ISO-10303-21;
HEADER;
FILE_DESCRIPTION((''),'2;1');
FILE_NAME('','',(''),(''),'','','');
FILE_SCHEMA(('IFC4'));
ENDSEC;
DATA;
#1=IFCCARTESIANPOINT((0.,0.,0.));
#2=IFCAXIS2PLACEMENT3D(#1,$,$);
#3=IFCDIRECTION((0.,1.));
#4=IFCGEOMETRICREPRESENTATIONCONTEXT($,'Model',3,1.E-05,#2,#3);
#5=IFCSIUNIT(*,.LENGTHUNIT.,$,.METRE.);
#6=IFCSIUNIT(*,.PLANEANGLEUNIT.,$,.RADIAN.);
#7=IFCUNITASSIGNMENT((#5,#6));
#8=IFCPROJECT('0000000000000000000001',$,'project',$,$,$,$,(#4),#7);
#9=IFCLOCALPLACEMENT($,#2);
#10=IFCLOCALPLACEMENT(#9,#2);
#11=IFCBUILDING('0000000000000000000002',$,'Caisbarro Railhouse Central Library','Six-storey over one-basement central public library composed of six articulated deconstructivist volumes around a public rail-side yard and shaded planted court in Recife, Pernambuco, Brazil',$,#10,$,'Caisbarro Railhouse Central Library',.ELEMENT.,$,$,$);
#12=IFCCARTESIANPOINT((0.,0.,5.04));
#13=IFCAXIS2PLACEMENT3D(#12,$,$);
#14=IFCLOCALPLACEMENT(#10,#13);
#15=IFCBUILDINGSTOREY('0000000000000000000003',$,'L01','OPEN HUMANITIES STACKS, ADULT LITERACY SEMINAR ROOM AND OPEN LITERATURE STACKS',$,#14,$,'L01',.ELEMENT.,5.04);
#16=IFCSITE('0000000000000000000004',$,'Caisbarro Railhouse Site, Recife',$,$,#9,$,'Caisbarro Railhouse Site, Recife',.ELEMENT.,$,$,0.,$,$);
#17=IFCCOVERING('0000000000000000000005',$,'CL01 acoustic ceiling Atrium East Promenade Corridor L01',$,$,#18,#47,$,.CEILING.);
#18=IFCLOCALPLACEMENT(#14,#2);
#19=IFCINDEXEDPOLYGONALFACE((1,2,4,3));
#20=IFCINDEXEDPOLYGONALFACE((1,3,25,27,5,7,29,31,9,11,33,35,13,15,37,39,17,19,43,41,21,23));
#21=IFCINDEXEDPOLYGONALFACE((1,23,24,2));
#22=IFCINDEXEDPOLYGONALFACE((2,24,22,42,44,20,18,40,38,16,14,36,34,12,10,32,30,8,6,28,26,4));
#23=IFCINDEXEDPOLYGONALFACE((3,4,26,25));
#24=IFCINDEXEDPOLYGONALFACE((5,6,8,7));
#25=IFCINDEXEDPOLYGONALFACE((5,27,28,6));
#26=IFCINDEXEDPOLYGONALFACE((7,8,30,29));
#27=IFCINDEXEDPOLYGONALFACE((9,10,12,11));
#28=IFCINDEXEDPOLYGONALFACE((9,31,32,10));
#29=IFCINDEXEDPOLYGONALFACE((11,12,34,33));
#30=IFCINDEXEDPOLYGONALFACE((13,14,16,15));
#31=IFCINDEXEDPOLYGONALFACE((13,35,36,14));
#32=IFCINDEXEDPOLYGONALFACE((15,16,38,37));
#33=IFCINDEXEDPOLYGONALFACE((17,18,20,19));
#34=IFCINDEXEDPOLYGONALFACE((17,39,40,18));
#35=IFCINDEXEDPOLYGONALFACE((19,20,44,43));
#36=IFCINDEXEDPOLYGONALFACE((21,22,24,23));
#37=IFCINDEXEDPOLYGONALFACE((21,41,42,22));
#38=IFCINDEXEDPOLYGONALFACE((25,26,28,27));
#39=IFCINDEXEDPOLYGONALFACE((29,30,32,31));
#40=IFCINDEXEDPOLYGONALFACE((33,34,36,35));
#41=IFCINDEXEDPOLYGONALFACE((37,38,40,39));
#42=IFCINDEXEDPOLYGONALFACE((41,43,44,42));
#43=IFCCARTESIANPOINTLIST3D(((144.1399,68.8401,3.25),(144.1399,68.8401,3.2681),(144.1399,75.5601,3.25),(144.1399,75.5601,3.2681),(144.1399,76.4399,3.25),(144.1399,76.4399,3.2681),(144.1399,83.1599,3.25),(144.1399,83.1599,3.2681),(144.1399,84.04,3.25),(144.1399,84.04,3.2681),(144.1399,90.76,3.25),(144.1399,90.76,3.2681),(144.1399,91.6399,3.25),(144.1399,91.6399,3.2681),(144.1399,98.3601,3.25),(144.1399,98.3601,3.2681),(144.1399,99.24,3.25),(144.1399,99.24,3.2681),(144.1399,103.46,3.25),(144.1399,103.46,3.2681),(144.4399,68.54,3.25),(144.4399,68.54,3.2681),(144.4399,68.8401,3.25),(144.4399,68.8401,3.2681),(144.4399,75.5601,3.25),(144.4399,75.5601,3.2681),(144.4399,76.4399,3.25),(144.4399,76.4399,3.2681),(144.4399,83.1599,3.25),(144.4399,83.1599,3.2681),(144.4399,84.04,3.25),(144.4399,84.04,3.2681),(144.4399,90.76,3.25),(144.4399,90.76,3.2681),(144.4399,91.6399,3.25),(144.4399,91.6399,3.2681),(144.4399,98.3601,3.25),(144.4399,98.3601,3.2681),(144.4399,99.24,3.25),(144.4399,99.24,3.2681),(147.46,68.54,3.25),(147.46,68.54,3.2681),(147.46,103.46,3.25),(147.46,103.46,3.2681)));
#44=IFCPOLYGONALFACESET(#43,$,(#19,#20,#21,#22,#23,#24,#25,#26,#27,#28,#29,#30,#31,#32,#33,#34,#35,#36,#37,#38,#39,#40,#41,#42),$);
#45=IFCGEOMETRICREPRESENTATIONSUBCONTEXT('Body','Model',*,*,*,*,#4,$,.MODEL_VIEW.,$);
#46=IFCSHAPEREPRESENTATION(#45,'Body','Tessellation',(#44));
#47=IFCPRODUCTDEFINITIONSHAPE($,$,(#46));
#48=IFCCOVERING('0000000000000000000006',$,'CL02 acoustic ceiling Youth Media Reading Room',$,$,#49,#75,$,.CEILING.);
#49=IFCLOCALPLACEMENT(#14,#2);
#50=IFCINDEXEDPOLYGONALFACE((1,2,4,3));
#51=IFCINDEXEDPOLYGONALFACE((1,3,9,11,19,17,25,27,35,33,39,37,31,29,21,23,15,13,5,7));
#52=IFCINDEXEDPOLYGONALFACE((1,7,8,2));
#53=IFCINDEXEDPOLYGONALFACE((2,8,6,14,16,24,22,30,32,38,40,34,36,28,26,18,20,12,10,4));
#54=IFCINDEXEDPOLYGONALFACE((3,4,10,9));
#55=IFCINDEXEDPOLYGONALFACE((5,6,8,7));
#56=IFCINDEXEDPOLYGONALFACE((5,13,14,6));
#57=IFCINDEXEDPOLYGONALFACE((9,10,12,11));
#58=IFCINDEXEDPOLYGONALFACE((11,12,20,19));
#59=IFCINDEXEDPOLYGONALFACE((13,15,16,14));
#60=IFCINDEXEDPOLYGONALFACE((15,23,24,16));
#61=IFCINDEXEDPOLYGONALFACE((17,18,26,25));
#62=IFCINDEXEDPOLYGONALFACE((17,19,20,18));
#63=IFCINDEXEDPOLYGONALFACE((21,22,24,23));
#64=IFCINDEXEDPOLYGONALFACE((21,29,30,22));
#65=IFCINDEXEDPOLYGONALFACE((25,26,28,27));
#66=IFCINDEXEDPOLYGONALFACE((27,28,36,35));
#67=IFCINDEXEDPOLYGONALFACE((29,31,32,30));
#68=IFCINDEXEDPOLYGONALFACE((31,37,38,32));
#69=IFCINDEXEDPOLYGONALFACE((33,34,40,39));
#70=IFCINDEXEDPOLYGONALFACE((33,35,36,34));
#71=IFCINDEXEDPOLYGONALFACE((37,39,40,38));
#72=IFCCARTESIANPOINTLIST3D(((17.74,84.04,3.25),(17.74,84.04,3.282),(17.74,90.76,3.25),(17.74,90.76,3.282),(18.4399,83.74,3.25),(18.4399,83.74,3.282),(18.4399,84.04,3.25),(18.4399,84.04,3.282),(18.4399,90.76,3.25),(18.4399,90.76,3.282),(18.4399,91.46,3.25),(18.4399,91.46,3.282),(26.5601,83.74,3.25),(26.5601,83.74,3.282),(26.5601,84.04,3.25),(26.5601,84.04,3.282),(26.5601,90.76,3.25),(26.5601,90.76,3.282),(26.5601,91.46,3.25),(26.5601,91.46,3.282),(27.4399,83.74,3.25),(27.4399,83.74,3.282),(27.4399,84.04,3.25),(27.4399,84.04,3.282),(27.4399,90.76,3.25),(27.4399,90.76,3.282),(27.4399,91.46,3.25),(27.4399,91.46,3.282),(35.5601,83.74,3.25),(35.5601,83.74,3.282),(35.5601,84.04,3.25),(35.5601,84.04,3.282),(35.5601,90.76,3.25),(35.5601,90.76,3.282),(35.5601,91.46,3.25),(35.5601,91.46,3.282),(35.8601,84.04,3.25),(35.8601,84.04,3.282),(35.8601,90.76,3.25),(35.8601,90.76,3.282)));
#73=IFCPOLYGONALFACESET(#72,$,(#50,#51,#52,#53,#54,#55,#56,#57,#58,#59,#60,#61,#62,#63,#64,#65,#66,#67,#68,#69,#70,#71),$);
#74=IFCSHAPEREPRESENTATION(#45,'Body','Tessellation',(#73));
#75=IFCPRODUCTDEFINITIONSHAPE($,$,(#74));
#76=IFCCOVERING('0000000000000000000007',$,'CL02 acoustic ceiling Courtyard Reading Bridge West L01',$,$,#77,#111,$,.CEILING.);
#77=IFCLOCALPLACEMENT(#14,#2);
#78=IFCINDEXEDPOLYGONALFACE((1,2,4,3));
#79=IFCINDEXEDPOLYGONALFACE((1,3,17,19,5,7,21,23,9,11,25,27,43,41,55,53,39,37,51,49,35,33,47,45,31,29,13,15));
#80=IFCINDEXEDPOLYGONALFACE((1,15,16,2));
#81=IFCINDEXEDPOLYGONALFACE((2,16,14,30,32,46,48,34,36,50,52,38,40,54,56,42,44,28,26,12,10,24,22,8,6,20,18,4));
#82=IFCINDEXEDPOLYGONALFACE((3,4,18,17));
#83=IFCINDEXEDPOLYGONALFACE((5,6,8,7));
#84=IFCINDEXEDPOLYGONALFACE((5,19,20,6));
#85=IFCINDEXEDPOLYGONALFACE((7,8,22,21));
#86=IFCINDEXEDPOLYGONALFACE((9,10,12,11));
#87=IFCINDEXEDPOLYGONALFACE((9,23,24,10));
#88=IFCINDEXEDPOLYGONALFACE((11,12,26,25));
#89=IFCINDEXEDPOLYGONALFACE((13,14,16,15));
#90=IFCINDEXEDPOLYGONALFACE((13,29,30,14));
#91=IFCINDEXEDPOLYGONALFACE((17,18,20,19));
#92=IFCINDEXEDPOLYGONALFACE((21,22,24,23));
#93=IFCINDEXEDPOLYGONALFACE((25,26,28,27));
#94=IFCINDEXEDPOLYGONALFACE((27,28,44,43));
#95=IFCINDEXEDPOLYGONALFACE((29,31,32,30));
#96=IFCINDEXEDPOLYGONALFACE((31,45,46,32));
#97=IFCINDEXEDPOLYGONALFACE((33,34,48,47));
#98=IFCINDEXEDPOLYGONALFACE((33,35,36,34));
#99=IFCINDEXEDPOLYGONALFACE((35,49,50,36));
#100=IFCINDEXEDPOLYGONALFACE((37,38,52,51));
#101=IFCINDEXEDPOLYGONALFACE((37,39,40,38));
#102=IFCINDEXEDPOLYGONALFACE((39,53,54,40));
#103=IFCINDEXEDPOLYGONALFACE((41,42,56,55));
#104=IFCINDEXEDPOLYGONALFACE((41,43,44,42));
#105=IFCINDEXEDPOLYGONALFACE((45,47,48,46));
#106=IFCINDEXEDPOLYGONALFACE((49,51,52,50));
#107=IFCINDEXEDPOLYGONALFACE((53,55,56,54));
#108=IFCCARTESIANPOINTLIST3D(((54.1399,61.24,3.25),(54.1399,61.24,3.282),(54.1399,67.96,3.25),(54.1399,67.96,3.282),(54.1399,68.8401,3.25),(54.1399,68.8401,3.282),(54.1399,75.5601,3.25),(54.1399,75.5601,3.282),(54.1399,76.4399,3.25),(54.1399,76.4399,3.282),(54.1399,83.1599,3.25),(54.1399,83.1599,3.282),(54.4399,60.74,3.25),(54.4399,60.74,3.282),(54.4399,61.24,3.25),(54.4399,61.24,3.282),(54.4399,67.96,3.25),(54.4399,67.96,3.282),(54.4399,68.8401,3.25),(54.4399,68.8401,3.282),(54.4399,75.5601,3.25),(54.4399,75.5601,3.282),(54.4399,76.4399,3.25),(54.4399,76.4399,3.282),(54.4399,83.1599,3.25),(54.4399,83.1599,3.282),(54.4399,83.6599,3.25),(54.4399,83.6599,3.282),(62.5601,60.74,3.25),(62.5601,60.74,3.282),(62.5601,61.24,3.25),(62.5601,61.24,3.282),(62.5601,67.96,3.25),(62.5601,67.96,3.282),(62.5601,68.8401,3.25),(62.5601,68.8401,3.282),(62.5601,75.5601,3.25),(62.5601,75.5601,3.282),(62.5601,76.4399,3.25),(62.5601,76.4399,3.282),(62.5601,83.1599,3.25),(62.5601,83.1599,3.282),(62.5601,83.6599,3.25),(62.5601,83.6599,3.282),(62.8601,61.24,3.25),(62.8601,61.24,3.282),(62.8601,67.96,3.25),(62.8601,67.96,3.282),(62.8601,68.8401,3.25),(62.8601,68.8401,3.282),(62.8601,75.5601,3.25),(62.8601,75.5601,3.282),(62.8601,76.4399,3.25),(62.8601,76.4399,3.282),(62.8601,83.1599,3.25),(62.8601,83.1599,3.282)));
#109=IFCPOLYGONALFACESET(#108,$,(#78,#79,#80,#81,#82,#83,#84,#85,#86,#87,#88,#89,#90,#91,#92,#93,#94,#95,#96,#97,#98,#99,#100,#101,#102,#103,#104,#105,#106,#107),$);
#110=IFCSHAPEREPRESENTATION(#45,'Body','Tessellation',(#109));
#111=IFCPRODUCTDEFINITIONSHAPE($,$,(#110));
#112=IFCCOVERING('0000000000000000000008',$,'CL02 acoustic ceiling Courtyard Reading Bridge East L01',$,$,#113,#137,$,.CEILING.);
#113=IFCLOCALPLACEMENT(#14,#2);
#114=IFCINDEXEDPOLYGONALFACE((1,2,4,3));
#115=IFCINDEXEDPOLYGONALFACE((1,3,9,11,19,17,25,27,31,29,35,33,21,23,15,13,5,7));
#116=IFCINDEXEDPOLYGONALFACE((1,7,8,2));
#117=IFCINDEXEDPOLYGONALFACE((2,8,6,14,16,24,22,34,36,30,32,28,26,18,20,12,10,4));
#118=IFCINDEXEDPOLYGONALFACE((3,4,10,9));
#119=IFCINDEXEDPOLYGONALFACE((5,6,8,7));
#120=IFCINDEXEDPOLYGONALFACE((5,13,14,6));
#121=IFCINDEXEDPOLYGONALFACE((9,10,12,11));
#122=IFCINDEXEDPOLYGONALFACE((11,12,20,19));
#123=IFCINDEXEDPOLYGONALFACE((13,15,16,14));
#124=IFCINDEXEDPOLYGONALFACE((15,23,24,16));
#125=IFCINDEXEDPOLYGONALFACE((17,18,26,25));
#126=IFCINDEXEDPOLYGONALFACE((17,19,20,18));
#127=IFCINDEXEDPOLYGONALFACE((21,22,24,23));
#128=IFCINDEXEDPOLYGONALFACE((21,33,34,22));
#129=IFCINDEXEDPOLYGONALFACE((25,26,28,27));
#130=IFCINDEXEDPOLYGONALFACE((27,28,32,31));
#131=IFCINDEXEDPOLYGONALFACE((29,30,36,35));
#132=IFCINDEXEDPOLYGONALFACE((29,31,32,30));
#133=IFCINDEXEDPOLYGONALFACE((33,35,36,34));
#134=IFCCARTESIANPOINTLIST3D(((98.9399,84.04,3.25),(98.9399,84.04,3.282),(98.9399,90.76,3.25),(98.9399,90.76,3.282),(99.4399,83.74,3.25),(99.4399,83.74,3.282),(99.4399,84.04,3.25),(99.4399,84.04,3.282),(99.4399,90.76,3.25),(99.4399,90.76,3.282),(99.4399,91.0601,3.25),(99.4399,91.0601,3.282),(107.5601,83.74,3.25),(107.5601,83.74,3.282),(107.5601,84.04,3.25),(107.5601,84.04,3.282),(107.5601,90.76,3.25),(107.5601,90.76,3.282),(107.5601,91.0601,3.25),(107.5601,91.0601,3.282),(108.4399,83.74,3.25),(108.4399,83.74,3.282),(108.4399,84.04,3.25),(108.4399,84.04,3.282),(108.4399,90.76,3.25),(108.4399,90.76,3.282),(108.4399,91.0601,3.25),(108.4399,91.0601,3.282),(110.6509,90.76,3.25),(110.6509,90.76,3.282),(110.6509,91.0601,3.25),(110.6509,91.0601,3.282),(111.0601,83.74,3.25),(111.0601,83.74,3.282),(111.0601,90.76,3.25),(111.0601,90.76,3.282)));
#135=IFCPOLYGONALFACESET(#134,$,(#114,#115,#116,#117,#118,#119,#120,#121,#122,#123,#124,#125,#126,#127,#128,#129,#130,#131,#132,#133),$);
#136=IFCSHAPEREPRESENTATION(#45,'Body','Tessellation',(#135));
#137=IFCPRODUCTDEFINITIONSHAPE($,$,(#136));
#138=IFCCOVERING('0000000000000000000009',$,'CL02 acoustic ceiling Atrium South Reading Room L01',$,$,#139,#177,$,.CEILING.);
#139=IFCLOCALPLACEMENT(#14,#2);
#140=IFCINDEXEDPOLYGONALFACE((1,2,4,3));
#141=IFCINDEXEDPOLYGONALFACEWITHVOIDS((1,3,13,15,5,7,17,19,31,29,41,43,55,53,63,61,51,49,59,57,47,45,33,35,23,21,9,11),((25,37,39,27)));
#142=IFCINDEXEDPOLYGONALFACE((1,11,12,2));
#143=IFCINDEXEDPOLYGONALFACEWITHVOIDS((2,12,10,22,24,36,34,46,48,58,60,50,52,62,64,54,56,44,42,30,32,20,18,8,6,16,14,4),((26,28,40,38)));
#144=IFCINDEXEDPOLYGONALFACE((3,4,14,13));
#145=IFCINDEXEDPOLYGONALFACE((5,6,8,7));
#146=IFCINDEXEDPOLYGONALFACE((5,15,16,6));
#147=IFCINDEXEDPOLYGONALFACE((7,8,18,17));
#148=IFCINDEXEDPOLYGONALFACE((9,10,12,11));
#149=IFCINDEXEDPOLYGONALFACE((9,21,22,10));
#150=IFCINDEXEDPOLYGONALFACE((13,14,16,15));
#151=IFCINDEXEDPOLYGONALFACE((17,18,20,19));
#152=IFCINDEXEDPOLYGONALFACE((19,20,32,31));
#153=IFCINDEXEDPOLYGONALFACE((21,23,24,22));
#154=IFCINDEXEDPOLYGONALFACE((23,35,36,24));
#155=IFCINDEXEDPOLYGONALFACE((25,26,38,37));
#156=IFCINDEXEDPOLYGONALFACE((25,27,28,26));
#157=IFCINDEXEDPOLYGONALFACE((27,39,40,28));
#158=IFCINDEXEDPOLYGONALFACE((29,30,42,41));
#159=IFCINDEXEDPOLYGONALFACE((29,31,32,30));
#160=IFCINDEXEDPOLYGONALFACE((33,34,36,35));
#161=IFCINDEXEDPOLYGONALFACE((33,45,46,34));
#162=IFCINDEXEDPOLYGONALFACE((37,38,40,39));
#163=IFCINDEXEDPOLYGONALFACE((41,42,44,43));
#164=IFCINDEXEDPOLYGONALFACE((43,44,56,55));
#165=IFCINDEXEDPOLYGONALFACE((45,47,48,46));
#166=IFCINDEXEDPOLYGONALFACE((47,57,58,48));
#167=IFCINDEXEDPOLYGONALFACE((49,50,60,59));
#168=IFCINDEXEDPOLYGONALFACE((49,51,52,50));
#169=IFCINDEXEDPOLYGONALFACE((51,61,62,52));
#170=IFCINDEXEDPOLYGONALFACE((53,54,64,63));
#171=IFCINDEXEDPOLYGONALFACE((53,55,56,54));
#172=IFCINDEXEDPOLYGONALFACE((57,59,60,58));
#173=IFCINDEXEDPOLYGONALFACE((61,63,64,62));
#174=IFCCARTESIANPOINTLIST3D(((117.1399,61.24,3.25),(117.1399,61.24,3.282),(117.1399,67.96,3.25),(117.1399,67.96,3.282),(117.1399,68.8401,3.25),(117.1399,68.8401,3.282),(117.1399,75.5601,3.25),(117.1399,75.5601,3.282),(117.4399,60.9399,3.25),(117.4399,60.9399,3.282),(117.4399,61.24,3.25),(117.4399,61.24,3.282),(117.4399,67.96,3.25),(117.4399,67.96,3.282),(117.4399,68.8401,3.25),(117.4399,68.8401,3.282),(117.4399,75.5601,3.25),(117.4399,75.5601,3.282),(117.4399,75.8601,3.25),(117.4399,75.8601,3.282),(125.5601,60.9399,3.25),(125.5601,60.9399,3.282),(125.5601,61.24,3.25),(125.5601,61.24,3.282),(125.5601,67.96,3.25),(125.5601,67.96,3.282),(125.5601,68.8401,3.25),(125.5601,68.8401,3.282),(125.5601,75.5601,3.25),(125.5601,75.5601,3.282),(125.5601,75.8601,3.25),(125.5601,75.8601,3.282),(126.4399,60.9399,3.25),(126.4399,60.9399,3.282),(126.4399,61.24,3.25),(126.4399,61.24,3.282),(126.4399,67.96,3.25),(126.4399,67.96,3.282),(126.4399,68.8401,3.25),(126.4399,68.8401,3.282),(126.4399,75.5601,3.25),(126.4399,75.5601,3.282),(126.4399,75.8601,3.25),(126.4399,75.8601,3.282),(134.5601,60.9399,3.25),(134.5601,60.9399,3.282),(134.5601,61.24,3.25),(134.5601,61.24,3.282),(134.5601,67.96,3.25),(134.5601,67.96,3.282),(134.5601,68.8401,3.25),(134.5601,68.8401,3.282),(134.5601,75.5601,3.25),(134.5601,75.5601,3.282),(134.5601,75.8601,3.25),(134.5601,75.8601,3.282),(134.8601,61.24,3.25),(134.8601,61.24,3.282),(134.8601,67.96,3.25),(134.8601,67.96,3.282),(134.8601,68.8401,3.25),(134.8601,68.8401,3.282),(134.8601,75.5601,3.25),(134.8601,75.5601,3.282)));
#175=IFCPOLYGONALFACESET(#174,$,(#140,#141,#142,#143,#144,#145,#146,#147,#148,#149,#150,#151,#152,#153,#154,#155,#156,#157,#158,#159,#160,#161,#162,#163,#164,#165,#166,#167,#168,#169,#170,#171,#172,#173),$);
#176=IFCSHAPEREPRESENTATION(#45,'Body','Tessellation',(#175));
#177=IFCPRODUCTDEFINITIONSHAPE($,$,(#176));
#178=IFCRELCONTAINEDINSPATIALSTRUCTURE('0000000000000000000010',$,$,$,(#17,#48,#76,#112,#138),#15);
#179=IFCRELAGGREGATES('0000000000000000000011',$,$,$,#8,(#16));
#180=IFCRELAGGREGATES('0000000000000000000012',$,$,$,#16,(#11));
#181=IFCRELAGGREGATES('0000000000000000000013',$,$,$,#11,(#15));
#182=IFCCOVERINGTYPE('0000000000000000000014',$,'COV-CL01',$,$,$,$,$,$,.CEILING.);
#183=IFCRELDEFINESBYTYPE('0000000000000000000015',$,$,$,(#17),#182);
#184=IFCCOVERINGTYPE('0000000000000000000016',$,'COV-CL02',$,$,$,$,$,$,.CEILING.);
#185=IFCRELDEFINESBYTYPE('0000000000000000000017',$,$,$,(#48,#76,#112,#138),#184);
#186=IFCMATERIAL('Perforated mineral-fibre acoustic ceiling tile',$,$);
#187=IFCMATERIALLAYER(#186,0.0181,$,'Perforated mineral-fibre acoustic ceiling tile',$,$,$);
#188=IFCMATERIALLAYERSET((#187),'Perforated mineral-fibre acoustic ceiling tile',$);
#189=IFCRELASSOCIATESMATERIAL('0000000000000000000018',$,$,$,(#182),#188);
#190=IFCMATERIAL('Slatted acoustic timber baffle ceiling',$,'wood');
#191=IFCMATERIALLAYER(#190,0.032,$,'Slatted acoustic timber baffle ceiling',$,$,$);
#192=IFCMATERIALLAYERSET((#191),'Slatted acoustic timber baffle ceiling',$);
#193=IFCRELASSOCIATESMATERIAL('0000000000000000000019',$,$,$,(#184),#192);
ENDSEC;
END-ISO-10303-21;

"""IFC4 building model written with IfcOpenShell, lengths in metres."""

from ifc_helpers import new_model, si_unit, direction, frame, origin, place, context, subcontext, project, spatial, polyline, outline, extrude, material, layer, layer_set, type_object, element, save


model = new_model("IFC4")

# Units and contexts
model_context = context("Model", 3, precision=1e-05, world=origin(), true_north=direction((0.0, 1.0)))
body_context = subcontext(model_context, "Body", "Model", "MODEL_VIEW")
ifc_project = project(units=[si_unit("LENGTHUNIT", "METRE"), si_unit("PLANEANGLEUNIT", "RADIAN")], contexts=[model_context])

# Site, building, storey
site_placement = place(None, origin())
site = spatial("IfcSite", under=ifc_project, at=site_placement, Name="Caisbarro Railhouse Site, Recife", LongName="Caisbarro Railhouse Site, Recife", CompositionType="ELEMENT", RefElevation=0.0)
building_placement = place(site_placement, origin())
building = spatial("IfcBuilding", under=site, at=building_placement, Name="Caisbarro Railhouse Central Library", Description="Six-storey over one-basement central public library composed of six articulated deconstructivist volumes around a public rail-side yard and shaded planted court in Recife, Pernambuco, Brazil", LongName="Caisbarro Railhouse Central Library", CompositionType="ELEMENT")
storey_placement = place(building_placement, frame((0.0, 0.0, 5.04)))
storey = spatial("IfcBuildingStorey", under=building, at=storey_placement, Name="L01", Description="OPEN HUMANITIES STACKS, ADULT LITERACY SEMINAR ROOM AND OPEN LITERATURE STACKS", LongName="L01", CompositionType="ELEMENT", Elevation=5.04)

# Coverings
ifc_material_1 = material(Name="Perforated mineral-fibre acoustic ceiling tile")
ifc_layer_1 = layer(ifc_material_1, 0.0181, Name="Perforated mineral-fibre acoustic ceiling tile")
ifc_layer_set_1 = layer_set([ifc_layer_1], Name="Perforated mineral-fibre acoustic ceiling tile")
covering_type_1 = type_object("IfcCoveringType", Name="COV-CL01", PredefinedType="CEILING", material=ifc_layer_set_1)
covering_1_placement = place(storey_placement, frame((0.0, 0.0, 3.25)))
element("IfcCovering", 1, at=covering_1_placement, inside=storey, type_object=covering_type_1, Name="CL01 acoustic ceiling Atrium East Promenade Corridor L01", PredefinedType="CEILING", context=body_context, shape_type="SweptSolid", body=[
    extrude(outline(polyline([(144.4399, 68.8401), (144.1399, 68.8401), (144.1399, 75.5601), (144.4399, 75.5601), (144.4399, 76.4399), (144.1399, 76.4399), (144.1399, 83.1599), (144.4399, 83.1599), (144.4399, 84.04), (144.1399, 84.04), (144.1399, 90.76), (144.4399, 90.76), (144.4399, 91.6399), (144.1399, 91.6399), (144.1399, 98.3601), (144.4399, 98.3601), (144.4399, 99.24), (144.1399, 99.24), (144.1399, 103.46), (147.46, 103.46), (147.46, 68.54), (144.4399, 68.54), (144.4399, 68.8401)])), origin(), (0.0, 0.0, 1.0), 0.0181),
])
ifc_material_2 = material(Name="Slatted acoustic timber baffle ceiling", Category="wood")
ifc_layer_2 = layer(ifc_material_2, 0.032, Name="Slatted acoustic timber baffle ceiling")
ifc_layer_set_2 = layer_set([ifc_layer_2], Name="Slatted acoustic timber baffle ceiling")
covering_type_2 = type_object("IfcCoveringType", Name="COV-CL02", PredefinedType="CEILING", material=ifc_layer_set_2)
covering_2_placement = place(storey_placement, frame((0.0, 0.0, 3.25)))
element("IfcCovering", 2, at=covering_2_placement, inside=storey, type_object=covering_type_2, Name="CL02 acoustic ceiling Youth Media Reading Room", PredefinedType="CEILING", context=body_context, shape_type="SweptSolid", body=[
    extrude(outline(polyline([(26.5601, 84.04), (26.5601, 83.74), (18.4399, 83.74), (18.4399, 84.04), (17.74, 84.04), (17.74, 90.76), (18.4399, 90.76), (18.4399, 91.46), (26.5601, 91.46), (26.5601, 90.76), (27.4399, 90.76), (27.4399, 91.46), (35.5601, 91.46), (35.5601, 90.76), (35.8601, 90.76), (35.8601, 84.04), (35.5601, 84.04), (35.5601, 83.74), (27.4399, 83.74), (27.4399, 84.04), (26.5601, 84.04)])), origin(), (0.0, 0.0, 1.0), 0.032),
])
covering_3_placement = place(storey_placement, frame((0.0, 0.0, 3.25)))
element("IfcCovering", 3, at=covering_3_placement, inside=storey, type_object=covering_type_2, Name="CL02 acoustic ceiling Courtyard Reading Bridge West L01", PredefinedType="CEILING", context=body_context, shape_type="SweptSolid", body=[
    extrude(outline(polyline([(54.4399, 67.96), (54.4399, 68.8401), (54.1399, 68.8401), (54.1399, 75.5601), (54.4399, 75.5601), (54.4399, 76.4399), (54.1399, 76.4399), (54.1399, 83.1599), (54.4399, 83.1599), (54.4399, 83.6599), (62.5601, 83.6599), (62.5601, 83.1599), (62.8601, 83.1599), (62.8601, 76.4399), (62.5601, 76.4399), (62.5601, 75.5601), (62.8601, 75.5601), (62.8601, 68.8401), (62.5601, 68.8401), (62.5601, 67.96), (62.8601, 67.96), (62.8601, 61.24), (62.5601, 61.24), (62.5601, 60.74), (54.4399, 60.74), (54.4399, 61.24), (54.1399, 61.24), (54.1399, 67.96), (54.4399, 67.96)])), origin(), (0.0, 0.0, 1.0), 0.032),
])
covering_4_placement = place(storey_placement, frame((0.0, 0.0, 3.25)))
element("IfcCovering", 4, at=covering_4_placement, inside=storey, type_object=covering_type_2, Name="CL02 acoustic ceiling Courtyard Reading Bridge East L01", PredefinedType="CEILING", context=body_context, shape_type="SweptSolid", body=[
    extrude(outline(polyline([(108.4399, 84.04), (107.5601, 84.04), (107.5601, 83.74), (99.4399, 83.74), (99.4399, 84.04), (98.9399, 84.04), (98.9399, 90.76), (99.4399, 90.76), (99.4399, 91.0601), (107.5601, 91.0601), (107.5601, 90.76), (108.4399, 90.76), (108.4399, 91.0601), (110.6509, 91.0601), (110.6509, 90.76), (111.0601, 90.76), (111.0601, 83.74), (108.4399, 83.74), (108.4399, 84.04)])), origin(), (0.0, 0.0, 1.0), 0.032),
])
covering_5_placement = place(storey_placement, frame((0.0, 0.0, 3.25)))
element("IfcCovering", 5, at=covering_5_placement, inside=storey, type_object=covering_type_2, Name="CL02 acoustic ceiling Atrium South Reading Room L01", PredefinedType="CEILING", context=body_context, shape_type="SweptSolid", body=[
    extrude(outline(polyline([(117.4399, 61.24), (117.1399, 61.24), (117.1399, 67.96), (117.4399, 67.96), (117.4399, 68.8401), (117.1399, 68.8401), (117.1399, 75.5601), (117.4399, 75.5601), (117.4399, 75.8601), (125.5601, 75.8601), (125.5601, 75.5601), (126.4399, 75.5601), (126.4399, 75.8601), (134.5601, 75.8601), (134.5601, 75.5601), (134.8601, 75.5601), (134.8601, 68.8401), (134.5601, 68.8401), (134.5601, 67.96), (134.8601, 67.96), (134.8601, 61.24), (134.5601, 61.24), (134.5601, 60.9399), (126.4399, 60.9399), (126.4399, 61.24), (125.5601, 61.24), (125.5601, 60.9399), (117.4399, 60.9399), (117.4399, 61.24)]), holes=[polyline([(126.4399, 68.8401), (125.5601, 68.8401), (125.5601, 67.96), (126.4399, 67.96), (126.4399, 68.8401)])]), origin(), (0.0, 0.0, 1.0), 0.032),
])

save(model, "model.ifc")
